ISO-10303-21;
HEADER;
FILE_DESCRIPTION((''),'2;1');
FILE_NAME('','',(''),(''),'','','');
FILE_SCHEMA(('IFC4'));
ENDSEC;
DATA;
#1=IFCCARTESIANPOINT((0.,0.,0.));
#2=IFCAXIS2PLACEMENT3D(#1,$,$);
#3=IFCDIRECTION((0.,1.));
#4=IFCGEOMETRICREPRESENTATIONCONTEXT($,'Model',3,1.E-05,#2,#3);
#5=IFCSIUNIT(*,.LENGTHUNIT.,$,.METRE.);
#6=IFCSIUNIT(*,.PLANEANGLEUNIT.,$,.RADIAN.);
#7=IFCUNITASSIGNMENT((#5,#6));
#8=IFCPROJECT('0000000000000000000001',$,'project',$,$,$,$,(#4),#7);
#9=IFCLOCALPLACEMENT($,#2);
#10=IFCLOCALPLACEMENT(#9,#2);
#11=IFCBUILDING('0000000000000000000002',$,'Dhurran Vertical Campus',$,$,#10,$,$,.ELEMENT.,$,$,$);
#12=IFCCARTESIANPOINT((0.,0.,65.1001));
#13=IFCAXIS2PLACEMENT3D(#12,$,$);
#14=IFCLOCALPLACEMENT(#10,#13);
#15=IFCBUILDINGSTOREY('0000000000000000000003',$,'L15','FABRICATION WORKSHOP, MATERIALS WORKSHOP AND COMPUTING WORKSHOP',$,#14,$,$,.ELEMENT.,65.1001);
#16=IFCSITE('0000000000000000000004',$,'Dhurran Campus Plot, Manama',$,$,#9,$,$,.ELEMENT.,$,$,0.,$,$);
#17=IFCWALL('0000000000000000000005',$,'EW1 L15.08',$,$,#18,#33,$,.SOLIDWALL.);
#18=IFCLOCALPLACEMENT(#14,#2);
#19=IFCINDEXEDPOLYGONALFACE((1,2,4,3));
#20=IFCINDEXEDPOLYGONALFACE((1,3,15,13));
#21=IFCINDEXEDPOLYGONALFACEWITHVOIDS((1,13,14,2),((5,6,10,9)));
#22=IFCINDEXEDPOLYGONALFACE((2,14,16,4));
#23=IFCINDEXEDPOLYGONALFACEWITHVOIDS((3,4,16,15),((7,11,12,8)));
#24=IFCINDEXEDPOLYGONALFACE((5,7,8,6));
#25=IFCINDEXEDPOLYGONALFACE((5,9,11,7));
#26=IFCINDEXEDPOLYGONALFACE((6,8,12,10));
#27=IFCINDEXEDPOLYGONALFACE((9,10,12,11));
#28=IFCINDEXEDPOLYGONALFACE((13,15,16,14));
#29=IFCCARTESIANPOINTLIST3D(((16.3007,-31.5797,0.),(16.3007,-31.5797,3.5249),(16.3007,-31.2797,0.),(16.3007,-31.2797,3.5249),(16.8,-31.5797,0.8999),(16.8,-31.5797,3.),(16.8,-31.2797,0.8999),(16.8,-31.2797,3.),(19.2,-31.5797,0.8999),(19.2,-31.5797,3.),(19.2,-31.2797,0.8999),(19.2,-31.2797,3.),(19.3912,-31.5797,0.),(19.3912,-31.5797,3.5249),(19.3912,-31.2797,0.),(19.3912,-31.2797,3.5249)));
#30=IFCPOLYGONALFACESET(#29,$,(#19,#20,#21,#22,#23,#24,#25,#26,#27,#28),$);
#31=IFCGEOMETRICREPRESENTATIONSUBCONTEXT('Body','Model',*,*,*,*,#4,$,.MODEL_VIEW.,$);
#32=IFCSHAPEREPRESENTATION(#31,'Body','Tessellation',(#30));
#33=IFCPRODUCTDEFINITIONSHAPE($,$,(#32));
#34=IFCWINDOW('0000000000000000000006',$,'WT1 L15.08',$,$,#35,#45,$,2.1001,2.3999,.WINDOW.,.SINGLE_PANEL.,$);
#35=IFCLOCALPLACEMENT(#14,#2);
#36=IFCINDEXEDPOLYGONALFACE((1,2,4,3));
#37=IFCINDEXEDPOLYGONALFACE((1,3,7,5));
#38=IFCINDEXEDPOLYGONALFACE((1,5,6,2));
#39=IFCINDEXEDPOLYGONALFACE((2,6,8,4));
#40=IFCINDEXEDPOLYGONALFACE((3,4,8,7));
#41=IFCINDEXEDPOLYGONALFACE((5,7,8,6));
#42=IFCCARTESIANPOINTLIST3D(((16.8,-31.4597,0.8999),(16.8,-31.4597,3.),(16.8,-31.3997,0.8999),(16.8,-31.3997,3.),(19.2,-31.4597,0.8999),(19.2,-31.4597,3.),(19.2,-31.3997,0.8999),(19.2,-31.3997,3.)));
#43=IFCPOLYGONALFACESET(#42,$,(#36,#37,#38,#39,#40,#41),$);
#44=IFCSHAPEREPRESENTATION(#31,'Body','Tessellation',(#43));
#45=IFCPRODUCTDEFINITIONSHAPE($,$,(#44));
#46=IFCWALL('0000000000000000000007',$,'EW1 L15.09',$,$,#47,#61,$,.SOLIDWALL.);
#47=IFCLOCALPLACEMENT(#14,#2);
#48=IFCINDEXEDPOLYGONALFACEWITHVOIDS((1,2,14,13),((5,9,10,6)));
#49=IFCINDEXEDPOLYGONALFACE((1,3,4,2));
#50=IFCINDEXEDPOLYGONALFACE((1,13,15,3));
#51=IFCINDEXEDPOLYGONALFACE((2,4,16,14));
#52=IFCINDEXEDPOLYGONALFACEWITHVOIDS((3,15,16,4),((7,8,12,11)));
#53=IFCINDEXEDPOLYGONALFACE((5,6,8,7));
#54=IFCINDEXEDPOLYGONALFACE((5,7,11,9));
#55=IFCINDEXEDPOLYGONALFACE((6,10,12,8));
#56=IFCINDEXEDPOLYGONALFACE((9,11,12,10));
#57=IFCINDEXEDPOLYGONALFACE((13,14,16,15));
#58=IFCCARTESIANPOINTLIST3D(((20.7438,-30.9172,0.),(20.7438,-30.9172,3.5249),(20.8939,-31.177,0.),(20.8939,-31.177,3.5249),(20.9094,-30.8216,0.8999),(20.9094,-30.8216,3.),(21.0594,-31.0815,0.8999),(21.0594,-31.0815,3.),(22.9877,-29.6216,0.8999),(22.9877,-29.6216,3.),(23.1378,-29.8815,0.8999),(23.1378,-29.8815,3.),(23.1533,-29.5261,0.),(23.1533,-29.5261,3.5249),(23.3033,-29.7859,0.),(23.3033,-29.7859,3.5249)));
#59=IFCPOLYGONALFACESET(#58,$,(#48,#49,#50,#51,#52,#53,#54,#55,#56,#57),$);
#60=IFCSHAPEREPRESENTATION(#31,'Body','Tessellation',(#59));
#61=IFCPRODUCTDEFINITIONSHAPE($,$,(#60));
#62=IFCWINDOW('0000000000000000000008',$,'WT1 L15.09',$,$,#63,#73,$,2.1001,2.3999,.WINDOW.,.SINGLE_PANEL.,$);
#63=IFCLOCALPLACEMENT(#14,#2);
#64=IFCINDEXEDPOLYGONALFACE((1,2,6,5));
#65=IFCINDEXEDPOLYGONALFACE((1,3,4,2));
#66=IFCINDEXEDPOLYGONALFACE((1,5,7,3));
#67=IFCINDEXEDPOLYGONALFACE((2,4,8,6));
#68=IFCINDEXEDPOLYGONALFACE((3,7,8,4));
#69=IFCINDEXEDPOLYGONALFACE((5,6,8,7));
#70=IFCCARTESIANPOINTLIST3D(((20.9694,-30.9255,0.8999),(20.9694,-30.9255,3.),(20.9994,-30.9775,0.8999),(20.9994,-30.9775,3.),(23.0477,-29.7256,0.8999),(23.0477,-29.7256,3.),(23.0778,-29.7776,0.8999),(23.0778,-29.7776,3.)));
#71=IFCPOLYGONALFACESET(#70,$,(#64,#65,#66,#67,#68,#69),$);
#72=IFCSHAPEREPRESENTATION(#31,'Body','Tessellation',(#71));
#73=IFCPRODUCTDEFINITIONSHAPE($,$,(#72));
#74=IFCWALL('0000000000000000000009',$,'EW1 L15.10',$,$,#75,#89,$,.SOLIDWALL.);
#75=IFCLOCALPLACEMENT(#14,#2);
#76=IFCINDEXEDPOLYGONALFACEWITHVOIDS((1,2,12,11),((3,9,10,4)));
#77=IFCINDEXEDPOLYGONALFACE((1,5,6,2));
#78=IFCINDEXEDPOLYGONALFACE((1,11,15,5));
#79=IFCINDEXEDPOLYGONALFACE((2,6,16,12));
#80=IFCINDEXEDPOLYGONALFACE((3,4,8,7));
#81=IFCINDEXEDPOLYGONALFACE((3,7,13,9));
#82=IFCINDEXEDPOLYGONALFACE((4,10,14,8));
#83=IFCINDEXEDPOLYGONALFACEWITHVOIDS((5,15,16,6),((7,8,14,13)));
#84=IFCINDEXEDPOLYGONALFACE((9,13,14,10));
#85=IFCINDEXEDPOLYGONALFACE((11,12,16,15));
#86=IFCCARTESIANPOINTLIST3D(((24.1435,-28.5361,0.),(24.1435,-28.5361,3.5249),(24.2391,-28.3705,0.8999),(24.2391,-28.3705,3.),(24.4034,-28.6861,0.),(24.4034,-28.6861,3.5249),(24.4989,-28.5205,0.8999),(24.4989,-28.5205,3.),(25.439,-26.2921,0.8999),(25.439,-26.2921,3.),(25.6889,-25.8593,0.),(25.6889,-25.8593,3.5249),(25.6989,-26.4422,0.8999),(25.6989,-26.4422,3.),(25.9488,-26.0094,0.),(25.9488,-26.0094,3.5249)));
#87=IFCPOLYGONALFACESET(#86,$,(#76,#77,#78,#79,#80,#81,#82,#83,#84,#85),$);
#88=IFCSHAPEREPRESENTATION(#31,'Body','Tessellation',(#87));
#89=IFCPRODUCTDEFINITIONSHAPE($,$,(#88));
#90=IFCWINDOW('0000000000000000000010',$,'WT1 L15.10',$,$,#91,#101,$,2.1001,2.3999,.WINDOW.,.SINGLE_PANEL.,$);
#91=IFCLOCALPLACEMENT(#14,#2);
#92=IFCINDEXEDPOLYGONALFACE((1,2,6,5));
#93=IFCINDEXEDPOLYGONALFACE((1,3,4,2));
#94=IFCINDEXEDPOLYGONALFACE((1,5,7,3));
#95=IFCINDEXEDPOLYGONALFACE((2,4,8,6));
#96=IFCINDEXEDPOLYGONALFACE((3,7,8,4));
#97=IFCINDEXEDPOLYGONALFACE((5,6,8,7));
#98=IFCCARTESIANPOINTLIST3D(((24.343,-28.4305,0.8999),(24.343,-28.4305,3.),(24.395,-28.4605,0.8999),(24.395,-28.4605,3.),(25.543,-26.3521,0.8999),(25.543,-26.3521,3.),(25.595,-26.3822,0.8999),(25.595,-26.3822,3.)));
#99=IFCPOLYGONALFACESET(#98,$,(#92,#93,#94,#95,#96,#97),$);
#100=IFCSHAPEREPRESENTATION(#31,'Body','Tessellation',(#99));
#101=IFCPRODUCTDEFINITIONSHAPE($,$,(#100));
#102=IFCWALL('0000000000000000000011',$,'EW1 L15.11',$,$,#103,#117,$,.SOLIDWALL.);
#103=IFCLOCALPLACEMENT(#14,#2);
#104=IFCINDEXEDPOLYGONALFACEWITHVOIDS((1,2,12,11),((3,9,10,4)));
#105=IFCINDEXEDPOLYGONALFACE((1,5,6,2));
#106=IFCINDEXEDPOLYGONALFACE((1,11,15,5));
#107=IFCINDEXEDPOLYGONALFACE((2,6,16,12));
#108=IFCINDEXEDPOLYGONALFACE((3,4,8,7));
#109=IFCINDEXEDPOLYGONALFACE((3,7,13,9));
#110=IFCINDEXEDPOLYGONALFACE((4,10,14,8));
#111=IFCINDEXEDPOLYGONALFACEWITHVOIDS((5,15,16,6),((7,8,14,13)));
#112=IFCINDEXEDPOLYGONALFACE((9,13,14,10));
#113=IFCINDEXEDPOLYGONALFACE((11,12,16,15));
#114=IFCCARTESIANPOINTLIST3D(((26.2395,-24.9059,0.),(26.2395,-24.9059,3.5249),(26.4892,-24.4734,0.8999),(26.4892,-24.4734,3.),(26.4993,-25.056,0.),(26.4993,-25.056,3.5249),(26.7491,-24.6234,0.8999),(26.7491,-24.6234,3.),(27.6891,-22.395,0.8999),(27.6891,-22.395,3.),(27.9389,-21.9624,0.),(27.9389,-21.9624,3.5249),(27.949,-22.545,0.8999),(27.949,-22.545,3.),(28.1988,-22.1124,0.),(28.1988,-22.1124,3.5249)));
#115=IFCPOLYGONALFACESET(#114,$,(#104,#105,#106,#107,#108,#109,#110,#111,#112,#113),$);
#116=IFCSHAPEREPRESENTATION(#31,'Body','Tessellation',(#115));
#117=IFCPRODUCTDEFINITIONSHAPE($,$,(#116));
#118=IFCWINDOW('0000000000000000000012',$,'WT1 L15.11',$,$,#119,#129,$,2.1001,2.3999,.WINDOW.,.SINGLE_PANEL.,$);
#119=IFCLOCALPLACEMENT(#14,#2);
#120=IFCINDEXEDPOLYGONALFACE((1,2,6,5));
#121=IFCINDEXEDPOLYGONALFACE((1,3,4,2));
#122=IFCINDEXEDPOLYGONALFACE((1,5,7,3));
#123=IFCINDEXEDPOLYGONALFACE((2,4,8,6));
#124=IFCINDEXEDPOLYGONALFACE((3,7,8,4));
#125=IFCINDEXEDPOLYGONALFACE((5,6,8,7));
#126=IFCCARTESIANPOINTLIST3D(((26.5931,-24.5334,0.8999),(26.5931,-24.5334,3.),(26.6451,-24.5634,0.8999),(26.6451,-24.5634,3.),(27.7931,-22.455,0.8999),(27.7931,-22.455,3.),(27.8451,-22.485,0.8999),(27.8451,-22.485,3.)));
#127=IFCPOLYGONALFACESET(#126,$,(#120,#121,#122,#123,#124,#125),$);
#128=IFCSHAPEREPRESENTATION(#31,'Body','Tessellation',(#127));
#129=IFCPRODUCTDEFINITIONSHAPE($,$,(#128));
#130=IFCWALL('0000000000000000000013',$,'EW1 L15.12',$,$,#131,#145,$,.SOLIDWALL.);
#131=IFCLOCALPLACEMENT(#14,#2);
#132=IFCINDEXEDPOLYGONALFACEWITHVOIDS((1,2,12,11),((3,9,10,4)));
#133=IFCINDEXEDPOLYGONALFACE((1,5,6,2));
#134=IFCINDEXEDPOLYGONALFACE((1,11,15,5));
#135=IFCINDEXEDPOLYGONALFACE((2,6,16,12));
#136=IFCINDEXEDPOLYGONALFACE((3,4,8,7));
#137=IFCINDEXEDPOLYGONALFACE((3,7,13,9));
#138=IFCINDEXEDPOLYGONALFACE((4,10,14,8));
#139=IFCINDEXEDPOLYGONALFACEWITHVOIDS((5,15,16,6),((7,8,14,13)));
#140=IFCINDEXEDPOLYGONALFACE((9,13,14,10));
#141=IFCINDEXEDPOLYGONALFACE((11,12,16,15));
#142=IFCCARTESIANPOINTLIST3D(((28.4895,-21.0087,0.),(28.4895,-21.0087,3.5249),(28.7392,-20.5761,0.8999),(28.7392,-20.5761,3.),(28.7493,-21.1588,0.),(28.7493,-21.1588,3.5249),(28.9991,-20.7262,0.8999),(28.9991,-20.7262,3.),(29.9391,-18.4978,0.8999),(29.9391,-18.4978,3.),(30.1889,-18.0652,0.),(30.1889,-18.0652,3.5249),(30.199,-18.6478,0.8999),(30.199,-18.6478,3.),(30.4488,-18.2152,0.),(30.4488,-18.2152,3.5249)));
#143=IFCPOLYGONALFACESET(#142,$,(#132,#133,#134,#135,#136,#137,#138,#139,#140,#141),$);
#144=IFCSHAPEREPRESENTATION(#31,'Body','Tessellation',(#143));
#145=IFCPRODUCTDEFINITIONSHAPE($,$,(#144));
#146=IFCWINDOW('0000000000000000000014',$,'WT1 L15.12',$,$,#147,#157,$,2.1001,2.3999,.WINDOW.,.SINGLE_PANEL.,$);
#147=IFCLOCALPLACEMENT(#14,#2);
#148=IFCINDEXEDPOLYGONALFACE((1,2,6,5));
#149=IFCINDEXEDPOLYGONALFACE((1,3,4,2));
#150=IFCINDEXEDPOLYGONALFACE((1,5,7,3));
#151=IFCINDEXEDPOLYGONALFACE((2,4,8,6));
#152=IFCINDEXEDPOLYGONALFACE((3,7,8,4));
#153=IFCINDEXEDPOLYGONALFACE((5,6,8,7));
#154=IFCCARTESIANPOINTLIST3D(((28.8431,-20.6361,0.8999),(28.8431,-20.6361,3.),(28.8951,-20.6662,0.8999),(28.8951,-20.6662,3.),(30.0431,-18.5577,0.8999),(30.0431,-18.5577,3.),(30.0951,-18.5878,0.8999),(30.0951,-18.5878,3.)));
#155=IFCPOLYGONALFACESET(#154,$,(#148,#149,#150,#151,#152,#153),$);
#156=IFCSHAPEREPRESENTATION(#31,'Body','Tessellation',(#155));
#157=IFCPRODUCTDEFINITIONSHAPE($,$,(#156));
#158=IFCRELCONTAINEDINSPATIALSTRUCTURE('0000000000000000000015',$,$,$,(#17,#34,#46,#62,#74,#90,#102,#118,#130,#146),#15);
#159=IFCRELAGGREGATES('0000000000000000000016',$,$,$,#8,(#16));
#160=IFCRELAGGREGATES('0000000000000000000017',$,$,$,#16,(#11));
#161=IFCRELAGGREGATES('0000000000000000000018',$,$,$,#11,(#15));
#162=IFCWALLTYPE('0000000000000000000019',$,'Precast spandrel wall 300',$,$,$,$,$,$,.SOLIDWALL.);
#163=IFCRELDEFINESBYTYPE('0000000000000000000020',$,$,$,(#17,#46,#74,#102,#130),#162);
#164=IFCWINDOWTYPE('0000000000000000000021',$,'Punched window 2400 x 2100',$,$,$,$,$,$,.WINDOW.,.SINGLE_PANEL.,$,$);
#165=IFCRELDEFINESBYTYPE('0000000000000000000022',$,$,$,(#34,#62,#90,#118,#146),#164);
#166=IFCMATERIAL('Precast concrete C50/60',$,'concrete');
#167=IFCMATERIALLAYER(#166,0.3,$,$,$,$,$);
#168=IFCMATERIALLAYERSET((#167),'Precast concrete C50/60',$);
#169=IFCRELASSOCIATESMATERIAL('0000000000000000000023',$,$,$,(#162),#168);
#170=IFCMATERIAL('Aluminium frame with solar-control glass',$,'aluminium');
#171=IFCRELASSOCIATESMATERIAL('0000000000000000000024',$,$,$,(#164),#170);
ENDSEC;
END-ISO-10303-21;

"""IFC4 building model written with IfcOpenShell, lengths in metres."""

from ifc_helpers import new_model, si_unit, direction, frame, frame_2d, origin, place, context, subcontext, project, spatial, rectangle, extrude, material, layer, layer_set, type_object, element, fill, save


model = new_model("IFC4")

# Units and contexts
model_context = context("Model", 3, precision=1e-05, world=origin(), true_north=direction((0.0, 1.0)))
body_context = subcontext(model_context, "Body", "Model", "MODEL_VIEW")
ifc_project = project(units=[si_unit("LENGTHUNIT", "METRE"), si_unit("PLANEANGLEUNIT", "RADIAN")], contexts=[model_context])

# Site, building, storey
site_placement = place(None, origin())
site = spatial("IfcSite", under=ifc_project, at=site_placement, Name="Dhurran Campus Plot, Manama", CompositionType="ELEMENT", RefElevation=0.0)
building_placement = place(site_placement, origin())
building = spatial("IfcBuilding", under=site, at=building_placement, Name="Dhurran Vertical Campus", CompositionType="ELEMENT")
storey_placement = place(building_placement, frame((0.0, 0.0, 65.1001)))
storey = spatial("IfcBuildingStorey", under=building, at=storey_placement, Name="L15", Description="FABRICATION WORKSHOP, MATERIALS WORKSHOP AND COMPUTING WORKSHOP", CompositionType="ELEMENT", Elevation=65.1001)

# Walls, openings, windows
ifc_material_1 = material(Name="Precast concrete C50/60", Category="concrete")
ifc_layer_1 = layer(ifc_material_1, 0.3)
ifc_layer_set_1 = layer_set([ifc_layer_1], Name="Precast concrete C50/60")
wall_type_1 = type_object("IfcWallType", Name="Precast spandrel wall 300", PredefinedType="SOLIDWALL", material=ifc_layer_set_1)
wall_1_placement = place(storey_placement, frame((16.3005, -31.4297, 0.0), z_axis=(0.0, 0.0, 1.0), x_axis=(1.0, 0.0, 0.0)))
wall_1 = element("IfcWall", 1, at=wall_1_placement, inside=storey, type_object=wall_type_1, Name="EW1 L15.08", PredefinedType="SOLIDWALL", context=body_context, shape_type="SweptSolid", body=[
    extrude(rectangle(XDim=3.0906, YDim=0.3, at=frame_2d((1.5454, 0.0))), origin(), (0.0, 0.0, 1.0), 3.5249),
])
opening_1_placement = place(wall_1_placement, frame((0.4995, 0.0, 0.8999)))
opening_1 = element("IfcOpeningElement", 2, at=opening_1_placement, cuts=wall_1, PredefinedType="OPENING", context=body_context, shape_type="SweptSolid", body=[
    extrude(rectangle(XDim=2.3999, YDim=2.1001, at=frame_2d((1.2, 1.05))), frame((0.0, 0.1599, 0.0), z_axis=(0.0, -1.0, 0.0), x_axis=(1.0, 0.0, 0.0)), (0.0, 0.0, 1.0), 0.3201),
])
ifc_material_2 = material(Name="Aluminium frame with solar-control glass", Category="aluminium")
window_type = type_object("IfcWindowType", Name="Punched window 2400 x 2100", PartitioningType="SINGLE_PANEL", PredefinedType="WINDOW", material=ifc_material_2)
window_1_placement = place(opening_1_placement, origin())
window_1 = element("IfcWindow", 3, at=window_1_placement, inside=storey, type_object=window_type, Name="WT1 L15.08", OverallHeight=2.1001, OverallWidth=2.3999, PartitioningType="SINGLE_PANEL", PredefinedType="WINDOW", context=body_context, shape_type="SweptSolid", body=[
    extrude(rectangle(XDim=2.3999, YDim=2.1001, at=frame_2d((1.2, 1.05))), frame((0.0, 0.03, 0.0), z_axis=(0.0, -1.0, 0.0), x_axis=(1.0, 0.0, 0.0)), (0.0, 0.0, 1.0), 0.0601),
])
fill(opening_1, window_1)
wall_2_placement = place(storey_placement, frame((20.8188, -31.0471, 0.0), z_axis=(0.0, 0.0, 1.0), x_axis=(0.86602, 0.500009, 0.0)))
wall_2 = element("IfcWall", 4, at=wall_2_placement, inside=storey, type_object=wall_type_1, Name="EW1 L15.09", PredefinedType="SOLIDWALL", context=body_context, shape_type="SweptSolid", body=[
    extrude(rectangle(XDim=2.7822, YDim=0.3, at=frame_2d((1.3911, 0.0))), origin(), (0.0, 0.0, 1.0), 3.5249),
])
opening_2_placement = place(wall_2_placement, frame((0.1912, 0.0, 0.8999)))
opening_2 = element("IfcOpeningElement", 5, at=opening_2_placement, cuts=wall_2, PredefinedType="OPENING", context=body_context, shape_type="SweptSolid", body=[
    extrude(rectangle(XDim=2.3999, YDim=2.1001, at=frame_2d((1.2, 1.05))), frame((0.0, 0.1599, 0.0), z_axis=(0.0, -1.0, 0.0), x_axis=(1.0, 0.0, 0.0)), (0.0, 0.0, 1.0), 0.3201),
])
window_2_placement = place(opening_2_placement, origin())
window_2 = element("IfcWindow", 6, at=window_2_placement, inside=storey, type_object=window_type, Name="WT1 L15.09", OverallHeight=2.1001, OverallWidth=2.3999, PartitioningType="SINGLE_PANEL", PredefinedType="WINDOW", context=body_context, shape_type="SweptSolid", body=[
    extrude(rectangle(XDim=2.3999, YDim=2.1001, at=frame_2d((1.2, 1.05))), frame((0.0, 0.03, 0.0), z_axis=(0.0, -1.0, 0.0), x_axis=(1.0, 0.0, 0.0)), (0.0, 0.0, 1.0), 0.0601),
])
fill(opening_2, window_2)
wall_3_placement = place(storey_placement, frame((24.2734, -28.6111, 0.0), z_axis=(0.0, 0.0, 1.0), x_axis=(0.499996, 0.866028, 0.0)))
wall_3 = element("IfcWall", 7, at=wall_3_placement, inside=storey, type_object=wall_type_1, Name="EW1 L15.10", PredefinedType="SOLIDWALL", context=body_context, shape_type="SweptSolid", body=[
    extrude(rectangle(XDim=3.0908, YDim=0.3, at=frame_2d((1.5454, 0.0))), origin(), (0.0, 0.0, 1.0), 3.5249),
])
opening_3_placement = place(wall_3_placement, frame((0.1912, 0.0, 0.8999)))
opening_3 = element("IfcOpeningElement", 8, at=opening_3_placement, cuts=wall_3, PredefinedType="OPENING", context=body_context, shape_type="SweptSolid", body=[
    extrude(rectangle(XDim=2.3999, YDim=2.1001, at=frame_2d((1.2, 1.05))), frame((0.0, 0.1599, 0.0), z_axis=(0.0, -1.0, 0.0), x_axis=(1.0, 0.0, 0.0)), (0.0, 0.0, 1.0), 0.3201),
])
window_3_placement = place(opening_3_placement, origin())
window_3 = element("IfcWindow", 9, at=window_3_placement, inside=storey, type_object=window_type, Name="WT1 L15.10", OverallHeight=2.1001, OverallWidth=2.3999, PartitioningType="SINGLE_PANEL", PredefinedType="WINDOW", context=body_context, shape_type="SweptSolid", body=[
    extrude(rectangle(XDim=2.3999, YDim=2.1001, at=frame_2d((1.2, 1.05))), frame((0.0, 0.03, 0.0), z_axis=(0.0, -1.0, 0.0), x_axis=(1.0, 0.0, 0.0)), (0.0, 0.0, 1.0), 0.0601),
])
fill(opening_3, window_3)
wall_4_placement = place(storey_placement, frame((26.3694, -24.981, 0.0), z_axis=(0.0, 0.0, 1.0), x_axis=(0.499994, 0.866029, 0.0)))
wall_4 = element("IfcWall", 10, at=wall_4_placement, inside=storey, type_object=wall_type_1, Name="EW1 L15.11", PredefinedType="SOLIDWALL", context=body_context, shape_type="SweptSolid", body=[
    extrude(rectangle(XDim=3.3989, YDim=0.3, at=frame_2d((1.6995, 0.0))), origin(), (0.0, 0.0, 1.0), 3.5249),
])
opening_4_placement = place(wall_4_placement, frame((0.4995, 0.0, 0.8999)))
opening_4 = element("IfcOpeningElement", 11, at=opening_4_placement, cuts=wall_4, PredefinedType="OPENING", context=body_context, shape_type="SweptSolid", body=[
    extrude(rectangle(XDim=2.3999, YDim=2.1001, at=frame_2d((1.2, 1.05))), frame((0.0, 0.1599, 0.0), z_axis=(0.0, -1.0, 0.0), x_axis=(1.0, 0.0, 0.0)), (0.0, 0.0, 1.0), 0.3201),
])
window_4_placement = place(opening_4_placement, origin())
window_4 = element("IfcWindow", 12, at=window_4_placement, inside=storey, type_object=window_type, Name="WT1 L15.11", OverallHeight=2.1001, OverallWidth=2.3999, PartitioningType="SINGLE_PANEL", PredefinedType="WINDOW", context=body_context, shape_type="SweptSolid", body=[
    extrude(rectangle(XDim=2.3999, YDim=2.1001, at=frame_2d((1.2, 1.05))), frame((0.0, 0.03, 0.0), z_axis=(0.0, -1.0, 0.0), x_axis=(1.0, 0.0, 0.0)), (0.0, 0.0, 1.0), 0.0601),
])
fill(opening_4, window_4)
wall_5_placement = place(storey_placement, frame((28.6194, -21.0837, 0.0), z_axis=(0.0, 0.0, 1.0), x_axis=(0.499994, 0.866029, 0.0)))
wall_5 = element("IfcWall", 13, at=wall_5_placement, inside=storey, type_object=wall_type_1, Name="EW1 L15.12", PredefinedType="SOLIDWALL", context=body_context, shape_type="SweptSolid", body=[
    extrude(rectangle(XDim=3.3989, YDim=0.3, at=frame_2d((1.6995, 0.0))), origin(), (0.0, 0.0, 1.0), 3.5249),
])
opening_5_placement = place(wall_5_placement, frame((0.4995, 0.0, 0.8999)))
opening_5 = element("IfcOpeningElement", 14, at=opening_5_placement, cuts=wall_5, PredefinedType="OPENING", context=body_context, shape_type="SweptSolid", body=[
    extrude(rectangle(XDim=2.3999, YDim=2.1001, at=frame_2d((1.2, 1.05))), frame((0.0, 0.1599, 0.0), z_axis=(0.0, -1.0, 0.0), x_axis=(1.0, 0.0, 0.0)), (0.0, 0.0, 1.0), 0.3201),
])
window_5_placement = place(opening_5_placement, origin())
window_5 = element("IfcWindow", 15, at=window_5_placement, inside=storey, type_object=window_type, Name="WT1 L15.12", OverallHeight=2.1001, OverallWidth=2.3999, PartitioningType="SINGLE_PANEL", PredefinedType="WINDOW", context=body_context, shape_type="SweptSolid", body=[
    extrude(rectangle(XDim=2.3999, YDim=2.1001, at=frame_2d((1.2, 1.05))), frame((0.0, 0.03, 0.0), z_axis=(0.0, -1.0, 0.0), x_axis=(1.0, 0.0, 0.0)), (0.0, 0.0, 1.0), 0.0601),
])
fill(opening_5, window_5)

save(model, "model.ifc")
